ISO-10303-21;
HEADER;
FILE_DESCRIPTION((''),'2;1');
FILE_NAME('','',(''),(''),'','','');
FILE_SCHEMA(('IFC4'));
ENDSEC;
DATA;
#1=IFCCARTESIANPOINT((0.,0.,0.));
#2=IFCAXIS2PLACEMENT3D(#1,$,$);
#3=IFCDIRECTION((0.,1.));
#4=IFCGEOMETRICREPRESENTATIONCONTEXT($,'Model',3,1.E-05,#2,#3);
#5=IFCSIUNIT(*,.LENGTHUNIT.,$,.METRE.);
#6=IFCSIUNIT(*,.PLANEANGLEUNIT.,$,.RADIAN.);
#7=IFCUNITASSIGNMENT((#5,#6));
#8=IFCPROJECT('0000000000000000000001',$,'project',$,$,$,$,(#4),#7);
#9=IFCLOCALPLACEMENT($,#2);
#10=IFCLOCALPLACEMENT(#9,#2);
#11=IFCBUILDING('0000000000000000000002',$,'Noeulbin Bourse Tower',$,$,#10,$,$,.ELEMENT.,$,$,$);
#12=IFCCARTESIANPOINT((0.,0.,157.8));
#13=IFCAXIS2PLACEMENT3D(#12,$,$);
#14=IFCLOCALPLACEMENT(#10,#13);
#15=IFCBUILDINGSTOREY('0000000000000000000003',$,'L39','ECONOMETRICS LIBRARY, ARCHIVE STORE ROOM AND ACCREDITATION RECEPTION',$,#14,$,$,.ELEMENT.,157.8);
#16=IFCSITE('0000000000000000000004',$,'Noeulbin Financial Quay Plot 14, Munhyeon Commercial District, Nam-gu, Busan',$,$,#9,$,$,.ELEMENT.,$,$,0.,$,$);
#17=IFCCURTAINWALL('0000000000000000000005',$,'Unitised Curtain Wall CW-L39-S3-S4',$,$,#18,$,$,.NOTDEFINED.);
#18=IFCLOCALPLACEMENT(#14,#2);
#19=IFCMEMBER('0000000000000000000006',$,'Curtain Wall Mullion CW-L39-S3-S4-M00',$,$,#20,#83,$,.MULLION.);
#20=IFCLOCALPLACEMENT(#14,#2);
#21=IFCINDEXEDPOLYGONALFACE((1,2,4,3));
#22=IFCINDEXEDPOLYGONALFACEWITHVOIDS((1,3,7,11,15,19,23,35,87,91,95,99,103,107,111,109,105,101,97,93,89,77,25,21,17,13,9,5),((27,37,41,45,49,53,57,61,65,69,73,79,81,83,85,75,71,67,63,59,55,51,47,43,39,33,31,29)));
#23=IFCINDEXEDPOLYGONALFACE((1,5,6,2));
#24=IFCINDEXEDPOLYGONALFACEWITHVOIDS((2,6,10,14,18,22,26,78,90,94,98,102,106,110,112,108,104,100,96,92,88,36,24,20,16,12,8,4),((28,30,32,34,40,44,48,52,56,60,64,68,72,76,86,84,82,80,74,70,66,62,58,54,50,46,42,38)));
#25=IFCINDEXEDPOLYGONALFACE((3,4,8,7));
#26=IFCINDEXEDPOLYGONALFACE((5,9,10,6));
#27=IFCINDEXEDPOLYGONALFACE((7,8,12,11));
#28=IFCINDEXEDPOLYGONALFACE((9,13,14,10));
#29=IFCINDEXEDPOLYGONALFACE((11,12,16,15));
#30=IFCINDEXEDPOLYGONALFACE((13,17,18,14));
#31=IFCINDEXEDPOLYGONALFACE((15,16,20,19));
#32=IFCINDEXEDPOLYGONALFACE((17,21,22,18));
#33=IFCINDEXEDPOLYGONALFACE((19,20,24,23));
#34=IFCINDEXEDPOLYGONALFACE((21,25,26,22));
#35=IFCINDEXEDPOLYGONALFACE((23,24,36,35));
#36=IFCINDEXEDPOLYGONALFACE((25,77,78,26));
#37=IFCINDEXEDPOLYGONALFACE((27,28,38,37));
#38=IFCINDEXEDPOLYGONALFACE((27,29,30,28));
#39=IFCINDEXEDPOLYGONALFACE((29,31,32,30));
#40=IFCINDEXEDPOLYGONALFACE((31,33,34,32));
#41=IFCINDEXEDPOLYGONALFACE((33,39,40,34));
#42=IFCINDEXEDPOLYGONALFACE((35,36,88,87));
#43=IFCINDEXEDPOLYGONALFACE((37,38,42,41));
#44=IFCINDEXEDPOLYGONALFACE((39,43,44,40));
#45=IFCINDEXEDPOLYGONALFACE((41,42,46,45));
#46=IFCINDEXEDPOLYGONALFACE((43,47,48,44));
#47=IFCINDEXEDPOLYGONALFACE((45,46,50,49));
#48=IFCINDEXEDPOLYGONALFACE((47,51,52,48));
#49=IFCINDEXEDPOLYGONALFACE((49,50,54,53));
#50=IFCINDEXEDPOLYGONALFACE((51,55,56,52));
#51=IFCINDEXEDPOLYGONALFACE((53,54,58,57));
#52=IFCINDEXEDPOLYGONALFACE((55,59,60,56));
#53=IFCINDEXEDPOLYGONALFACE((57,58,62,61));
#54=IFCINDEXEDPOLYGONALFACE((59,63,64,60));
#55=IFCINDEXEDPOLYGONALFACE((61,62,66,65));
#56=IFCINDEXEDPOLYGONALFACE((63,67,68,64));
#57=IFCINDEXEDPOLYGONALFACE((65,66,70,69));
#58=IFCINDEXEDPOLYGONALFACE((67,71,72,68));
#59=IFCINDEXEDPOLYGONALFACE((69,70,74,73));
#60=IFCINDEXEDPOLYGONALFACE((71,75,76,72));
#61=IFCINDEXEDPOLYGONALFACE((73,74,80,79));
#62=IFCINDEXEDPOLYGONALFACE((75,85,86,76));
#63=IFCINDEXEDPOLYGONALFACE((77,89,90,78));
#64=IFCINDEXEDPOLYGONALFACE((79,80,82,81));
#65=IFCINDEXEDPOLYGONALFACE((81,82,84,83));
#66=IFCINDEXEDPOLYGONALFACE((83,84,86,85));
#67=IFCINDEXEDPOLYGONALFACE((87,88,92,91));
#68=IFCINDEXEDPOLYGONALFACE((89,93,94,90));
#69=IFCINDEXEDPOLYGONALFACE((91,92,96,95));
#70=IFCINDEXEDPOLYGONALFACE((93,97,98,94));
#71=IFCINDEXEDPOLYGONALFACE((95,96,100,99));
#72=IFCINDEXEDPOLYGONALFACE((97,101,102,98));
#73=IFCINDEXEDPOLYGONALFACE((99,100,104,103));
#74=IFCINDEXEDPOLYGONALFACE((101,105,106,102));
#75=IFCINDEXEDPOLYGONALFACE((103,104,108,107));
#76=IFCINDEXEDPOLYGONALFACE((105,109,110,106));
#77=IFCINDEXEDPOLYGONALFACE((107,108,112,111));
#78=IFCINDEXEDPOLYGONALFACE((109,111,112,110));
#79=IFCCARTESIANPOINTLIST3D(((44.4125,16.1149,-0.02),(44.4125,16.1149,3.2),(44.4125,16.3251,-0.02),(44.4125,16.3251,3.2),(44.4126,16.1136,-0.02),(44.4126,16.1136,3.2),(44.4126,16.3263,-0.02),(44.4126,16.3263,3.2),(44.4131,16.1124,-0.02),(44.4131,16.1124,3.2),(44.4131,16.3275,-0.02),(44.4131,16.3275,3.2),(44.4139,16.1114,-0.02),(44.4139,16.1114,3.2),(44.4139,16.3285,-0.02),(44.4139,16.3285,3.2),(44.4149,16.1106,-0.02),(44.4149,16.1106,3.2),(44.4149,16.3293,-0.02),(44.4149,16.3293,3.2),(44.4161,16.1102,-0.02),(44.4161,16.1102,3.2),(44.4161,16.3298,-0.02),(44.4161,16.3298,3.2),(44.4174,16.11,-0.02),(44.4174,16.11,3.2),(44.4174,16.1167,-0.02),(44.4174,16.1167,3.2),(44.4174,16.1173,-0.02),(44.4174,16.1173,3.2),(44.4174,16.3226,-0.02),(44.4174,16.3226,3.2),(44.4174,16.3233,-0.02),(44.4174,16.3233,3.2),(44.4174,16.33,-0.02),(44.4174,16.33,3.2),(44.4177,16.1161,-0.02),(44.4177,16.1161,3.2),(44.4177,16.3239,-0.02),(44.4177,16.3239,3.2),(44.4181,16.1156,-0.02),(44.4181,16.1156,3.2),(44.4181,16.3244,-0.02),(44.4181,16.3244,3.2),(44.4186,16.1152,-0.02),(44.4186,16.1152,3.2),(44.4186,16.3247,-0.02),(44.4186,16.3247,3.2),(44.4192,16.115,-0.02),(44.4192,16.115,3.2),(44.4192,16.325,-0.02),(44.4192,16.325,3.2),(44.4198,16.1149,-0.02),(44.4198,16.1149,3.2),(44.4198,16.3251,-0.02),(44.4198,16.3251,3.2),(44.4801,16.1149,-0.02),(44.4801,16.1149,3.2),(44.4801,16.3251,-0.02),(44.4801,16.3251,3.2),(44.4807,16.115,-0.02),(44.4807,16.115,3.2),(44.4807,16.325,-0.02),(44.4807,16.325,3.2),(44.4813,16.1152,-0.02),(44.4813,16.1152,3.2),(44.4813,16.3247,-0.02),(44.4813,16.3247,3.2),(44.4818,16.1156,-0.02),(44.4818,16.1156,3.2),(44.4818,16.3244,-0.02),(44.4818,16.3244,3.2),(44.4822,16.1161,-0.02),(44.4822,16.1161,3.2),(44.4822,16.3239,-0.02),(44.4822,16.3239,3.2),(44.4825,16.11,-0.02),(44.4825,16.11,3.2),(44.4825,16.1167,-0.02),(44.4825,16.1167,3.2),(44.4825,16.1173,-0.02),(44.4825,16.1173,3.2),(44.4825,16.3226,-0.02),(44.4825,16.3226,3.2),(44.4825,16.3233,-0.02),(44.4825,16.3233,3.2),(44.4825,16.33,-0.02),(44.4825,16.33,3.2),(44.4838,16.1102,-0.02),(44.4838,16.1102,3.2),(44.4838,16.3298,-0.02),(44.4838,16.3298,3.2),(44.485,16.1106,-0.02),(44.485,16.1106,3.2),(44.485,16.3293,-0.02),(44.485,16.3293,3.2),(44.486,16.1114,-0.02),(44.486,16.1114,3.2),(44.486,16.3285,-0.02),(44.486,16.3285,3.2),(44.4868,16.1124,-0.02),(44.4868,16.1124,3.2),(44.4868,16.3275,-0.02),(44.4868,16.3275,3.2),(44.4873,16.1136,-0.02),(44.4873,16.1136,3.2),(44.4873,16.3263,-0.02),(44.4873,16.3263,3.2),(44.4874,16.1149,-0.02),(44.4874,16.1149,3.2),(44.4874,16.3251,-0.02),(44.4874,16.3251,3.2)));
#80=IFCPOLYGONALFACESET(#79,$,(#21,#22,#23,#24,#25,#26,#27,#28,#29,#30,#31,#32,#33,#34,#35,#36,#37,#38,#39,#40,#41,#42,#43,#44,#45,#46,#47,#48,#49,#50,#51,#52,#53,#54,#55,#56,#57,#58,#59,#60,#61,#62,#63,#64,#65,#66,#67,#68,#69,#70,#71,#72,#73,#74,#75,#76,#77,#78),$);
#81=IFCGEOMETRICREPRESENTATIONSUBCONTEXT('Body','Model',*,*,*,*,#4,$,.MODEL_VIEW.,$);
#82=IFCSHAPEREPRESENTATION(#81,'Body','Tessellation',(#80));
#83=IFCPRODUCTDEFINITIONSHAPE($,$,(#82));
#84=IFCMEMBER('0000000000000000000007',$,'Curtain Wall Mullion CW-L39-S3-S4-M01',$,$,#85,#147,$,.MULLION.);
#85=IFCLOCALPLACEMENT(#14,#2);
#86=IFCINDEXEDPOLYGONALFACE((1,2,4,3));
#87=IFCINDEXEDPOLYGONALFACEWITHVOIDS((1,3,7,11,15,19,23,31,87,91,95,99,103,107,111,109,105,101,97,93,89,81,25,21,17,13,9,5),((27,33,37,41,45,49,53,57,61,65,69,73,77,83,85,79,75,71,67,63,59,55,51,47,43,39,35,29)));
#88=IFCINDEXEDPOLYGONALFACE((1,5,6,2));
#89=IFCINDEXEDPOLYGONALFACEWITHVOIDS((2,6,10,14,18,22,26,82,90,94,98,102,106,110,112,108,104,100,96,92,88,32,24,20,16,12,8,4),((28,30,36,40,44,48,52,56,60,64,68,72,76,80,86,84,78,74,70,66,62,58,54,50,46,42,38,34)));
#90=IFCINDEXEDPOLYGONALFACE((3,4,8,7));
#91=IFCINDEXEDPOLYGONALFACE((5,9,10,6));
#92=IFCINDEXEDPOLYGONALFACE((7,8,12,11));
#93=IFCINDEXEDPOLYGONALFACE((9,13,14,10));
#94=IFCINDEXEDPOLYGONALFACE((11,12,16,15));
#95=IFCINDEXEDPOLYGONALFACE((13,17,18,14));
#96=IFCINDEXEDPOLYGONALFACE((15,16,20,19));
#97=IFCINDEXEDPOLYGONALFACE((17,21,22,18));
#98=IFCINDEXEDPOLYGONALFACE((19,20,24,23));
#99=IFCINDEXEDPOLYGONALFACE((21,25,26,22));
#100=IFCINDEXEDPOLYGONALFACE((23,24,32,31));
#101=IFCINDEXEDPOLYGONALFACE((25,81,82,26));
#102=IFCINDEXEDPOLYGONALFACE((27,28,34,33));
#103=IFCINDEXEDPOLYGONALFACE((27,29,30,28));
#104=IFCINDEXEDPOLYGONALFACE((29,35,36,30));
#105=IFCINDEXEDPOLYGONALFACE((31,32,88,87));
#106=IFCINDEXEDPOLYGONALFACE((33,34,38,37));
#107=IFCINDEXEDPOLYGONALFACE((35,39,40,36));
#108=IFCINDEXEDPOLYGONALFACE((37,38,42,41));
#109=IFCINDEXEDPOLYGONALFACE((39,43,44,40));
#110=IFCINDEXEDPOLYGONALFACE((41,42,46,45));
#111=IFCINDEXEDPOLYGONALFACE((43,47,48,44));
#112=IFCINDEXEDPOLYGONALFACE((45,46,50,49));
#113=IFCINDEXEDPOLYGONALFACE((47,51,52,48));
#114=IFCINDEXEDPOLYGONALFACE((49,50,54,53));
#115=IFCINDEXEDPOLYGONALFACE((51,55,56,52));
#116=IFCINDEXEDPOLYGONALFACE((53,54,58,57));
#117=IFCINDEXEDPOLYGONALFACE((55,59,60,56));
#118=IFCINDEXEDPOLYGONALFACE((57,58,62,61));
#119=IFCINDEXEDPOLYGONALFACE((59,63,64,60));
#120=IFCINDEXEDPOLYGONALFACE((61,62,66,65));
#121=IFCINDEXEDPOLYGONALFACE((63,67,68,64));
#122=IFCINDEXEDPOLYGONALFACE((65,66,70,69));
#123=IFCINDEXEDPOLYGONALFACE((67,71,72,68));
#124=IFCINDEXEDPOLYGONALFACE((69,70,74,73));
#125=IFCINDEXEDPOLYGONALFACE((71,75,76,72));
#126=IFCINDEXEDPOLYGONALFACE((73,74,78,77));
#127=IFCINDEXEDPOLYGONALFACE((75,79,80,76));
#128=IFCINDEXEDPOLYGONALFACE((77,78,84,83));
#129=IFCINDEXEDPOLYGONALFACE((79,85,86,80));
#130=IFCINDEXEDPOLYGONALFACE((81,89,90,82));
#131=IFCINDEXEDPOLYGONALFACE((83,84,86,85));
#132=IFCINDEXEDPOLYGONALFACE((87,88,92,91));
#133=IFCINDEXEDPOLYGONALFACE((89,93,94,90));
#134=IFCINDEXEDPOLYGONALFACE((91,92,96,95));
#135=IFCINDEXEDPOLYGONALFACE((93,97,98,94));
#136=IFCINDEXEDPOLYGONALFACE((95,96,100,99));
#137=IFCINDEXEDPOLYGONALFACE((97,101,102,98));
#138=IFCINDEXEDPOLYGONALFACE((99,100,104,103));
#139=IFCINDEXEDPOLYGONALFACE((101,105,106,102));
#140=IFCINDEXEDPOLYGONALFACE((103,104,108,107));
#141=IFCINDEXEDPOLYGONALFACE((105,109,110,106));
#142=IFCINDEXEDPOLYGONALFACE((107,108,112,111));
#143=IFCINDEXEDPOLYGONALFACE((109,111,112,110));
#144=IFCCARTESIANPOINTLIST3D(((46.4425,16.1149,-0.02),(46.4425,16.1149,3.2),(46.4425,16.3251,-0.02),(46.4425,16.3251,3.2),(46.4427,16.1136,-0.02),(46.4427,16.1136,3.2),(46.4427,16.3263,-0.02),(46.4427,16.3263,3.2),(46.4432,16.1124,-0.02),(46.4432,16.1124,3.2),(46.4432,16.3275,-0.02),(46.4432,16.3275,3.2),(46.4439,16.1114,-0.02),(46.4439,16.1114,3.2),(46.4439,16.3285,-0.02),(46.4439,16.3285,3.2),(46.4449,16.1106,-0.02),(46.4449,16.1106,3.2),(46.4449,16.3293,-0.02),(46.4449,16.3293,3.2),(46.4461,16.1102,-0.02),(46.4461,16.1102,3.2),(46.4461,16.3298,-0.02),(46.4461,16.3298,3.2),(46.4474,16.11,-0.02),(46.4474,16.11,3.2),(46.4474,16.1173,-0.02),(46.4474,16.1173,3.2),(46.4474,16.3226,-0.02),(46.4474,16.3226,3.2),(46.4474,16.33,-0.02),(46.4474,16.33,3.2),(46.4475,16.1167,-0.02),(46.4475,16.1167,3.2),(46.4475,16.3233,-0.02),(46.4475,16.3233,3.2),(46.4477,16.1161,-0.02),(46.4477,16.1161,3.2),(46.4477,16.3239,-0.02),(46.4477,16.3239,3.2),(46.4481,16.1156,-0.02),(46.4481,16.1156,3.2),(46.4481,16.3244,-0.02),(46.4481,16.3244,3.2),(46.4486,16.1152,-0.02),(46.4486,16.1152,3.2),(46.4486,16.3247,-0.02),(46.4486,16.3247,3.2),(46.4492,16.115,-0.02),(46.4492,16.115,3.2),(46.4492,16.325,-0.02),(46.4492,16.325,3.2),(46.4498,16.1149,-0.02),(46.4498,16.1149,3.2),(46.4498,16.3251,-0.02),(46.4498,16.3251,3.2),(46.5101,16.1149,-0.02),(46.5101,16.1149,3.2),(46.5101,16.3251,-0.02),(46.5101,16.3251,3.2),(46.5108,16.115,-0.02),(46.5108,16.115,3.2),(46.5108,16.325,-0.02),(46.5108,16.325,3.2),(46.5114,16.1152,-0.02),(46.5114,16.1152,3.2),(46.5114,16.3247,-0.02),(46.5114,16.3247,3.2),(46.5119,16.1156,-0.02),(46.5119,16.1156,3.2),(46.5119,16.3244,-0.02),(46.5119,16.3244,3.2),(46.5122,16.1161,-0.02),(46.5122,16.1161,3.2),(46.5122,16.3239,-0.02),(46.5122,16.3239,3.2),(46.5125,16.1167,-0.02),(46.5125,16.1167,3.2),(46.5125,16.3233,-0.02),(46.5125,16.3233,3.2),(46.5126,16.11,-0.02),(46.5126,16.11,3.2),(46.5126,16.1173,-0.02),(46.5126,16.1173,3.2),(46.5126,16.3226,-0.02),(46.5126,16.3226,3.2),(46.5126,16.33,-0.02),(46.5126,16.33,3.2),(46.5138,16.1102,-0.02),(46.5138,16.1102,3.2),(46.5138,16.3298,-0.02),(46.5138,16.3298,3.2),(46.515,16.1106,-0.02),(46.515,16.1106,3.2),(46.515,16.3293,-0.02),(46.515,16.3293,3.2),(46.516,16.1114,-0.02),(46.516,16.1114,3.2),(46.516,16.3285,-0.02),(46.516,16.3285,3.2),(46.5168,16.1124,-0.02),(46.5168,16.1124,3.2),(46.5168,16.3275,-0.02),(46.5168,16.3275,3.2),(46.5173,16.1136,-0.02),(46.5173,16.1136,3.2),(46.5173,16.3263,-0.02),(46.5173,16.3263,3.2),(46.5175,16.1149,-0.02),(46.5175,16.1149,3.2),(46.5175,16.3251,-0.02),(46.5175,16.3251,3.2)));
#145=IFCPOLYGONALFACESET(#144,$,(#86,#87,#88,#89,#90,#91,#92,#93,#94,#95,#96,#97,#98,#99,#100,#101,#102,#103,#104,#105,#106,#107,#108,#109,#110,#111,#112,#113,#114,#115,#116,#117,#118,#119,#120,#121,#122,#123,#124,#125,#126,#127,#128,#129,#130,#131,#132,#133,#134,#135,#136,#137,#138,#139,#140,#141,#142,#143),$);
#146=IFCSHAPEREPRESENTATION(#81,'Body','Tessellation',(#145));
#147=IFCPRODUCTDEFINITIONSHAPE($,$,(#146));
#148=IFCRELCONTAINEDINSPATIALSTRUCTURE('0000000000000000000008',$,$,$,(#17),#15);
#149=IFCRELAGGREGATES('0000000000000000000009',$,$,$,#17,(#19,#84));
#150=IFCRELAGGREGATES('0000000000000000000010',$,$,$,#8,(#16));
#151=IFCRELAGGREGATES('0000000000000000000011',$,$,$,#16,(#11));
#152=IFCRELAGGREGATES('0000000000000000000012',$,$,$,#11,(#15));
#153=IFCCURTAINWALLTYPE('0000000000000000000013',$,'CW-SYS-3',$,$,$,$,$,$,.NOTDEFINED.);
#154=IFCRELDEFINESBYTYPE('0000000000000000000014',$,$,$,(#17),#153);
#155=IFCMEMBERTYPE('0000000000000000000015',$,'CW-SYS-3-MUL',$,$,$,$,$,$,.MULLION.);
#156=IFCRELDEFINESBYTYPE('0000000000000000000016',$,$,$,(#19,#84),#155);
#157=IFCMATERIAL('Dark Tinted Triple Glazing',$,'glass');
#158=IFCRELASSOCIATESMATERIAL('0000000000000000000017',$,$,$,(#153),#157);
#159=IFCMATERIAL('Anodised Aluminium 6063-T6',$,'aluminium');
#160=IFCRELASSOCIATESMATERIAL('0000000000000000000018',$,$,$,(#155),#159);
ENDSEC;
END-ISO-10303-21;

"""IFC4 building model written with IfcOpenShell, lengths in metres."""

from ifc_helpers import new_model, si_unit, direction, frame, origin, origin_2d, place, context, subcontext, project, spatial, hollow_rectangle, extrude, material, material_profile, profile_set, type_object, element, aggregate, save


model = new_model("IFC4")

# Units and contexts
model_context = context("Model", 3, precision=1e-05, world=origin(), true_north=direction((0.0, 1.0)))
body_context = subcontext(model_context, "Body", "Model", "MODEL_VIEW")
ifc_project = project(units=[si_unit("LENGTHUNIT", "METRE"), si_unit("PLANEANGLEUNIT", "RADIAN")], contexts=[model_context])

# Site, building, storey
site_placement = place(None, origin())
site = spatial("IfcSite", under=ifc_project, at=site_placement, Name="Noeulbin Financial Quay Plot 14, Munhyeon Commercial District, Nam-gu, Busan", CompositionType="ELEMENT", RefElevation=0.0)
building_placement = place(site_placement, origin())
building = spatial("IfcBuilding", under=site, at=building_placement, Name="Noeulbin Bourse Tower", CompositionType="ELEMENT")
storey_placement = place(building_placement, frame((0.0, 0.0, 157.8)))
storey = spatial("IfcBuildingStorey", under=building, at=storey_placement, Name="L39", Description="ECONOMETRICS LIBRARY, ARCHIVE STORE ROOM AND ACCREDITATION RECEPTION", CompositionType="ELEMENT", Elevation=157.8)

# Curtain wall, members
ifc_material_1 = material(Name="Dark Tinted Triple Glazing", Category="glass")
curtain_wall_type = type_object("IfcCurtainWallType", Name="CW-SYS-3", PredefinedType="NOTDEFINED", material=ifc_material_1)
ifc_material_2 = material(Name="Anodised Aluminium 6063-T6", Category="aluminium")
ifc_material_profile_1 = material_profile(ifc_material_2, hollow_rectangle(XDim=0.075, YDim=0.22, WallThickness=0.0049, InnerFilletRadius=0.0024, OuterFilletRadius=0.0049, at=origin_2d()), Name="ALU-MULL-75x220x5", Category="LoadBearing")
ifc_profile_set_1 = profile_set([ifc_material_profile_1], Name="Anodised Aluminium 6063-T6")
member_type_1 = type_object("IfcMemberType", Name="CW-SYS-3-MUL", PredefinedType="MULLION", material=ifc_profile_set_1)
curtain_wall_1_placement = place(storey_placement, origin())
curtain_wall_1 = element("IfcCurtainWall", 1, at=curtain_wall_1_placement, inside=storey, type_object=curtain_wall_type, Name="Unitised Curtain Wall CW-L39-S3-S4", PredefinedType="NOTDEFINED")
member_1_placement = place(storey_placement, frame((44.45, 16.22, -0.02), z_axis=(0.0, 0.0, 1.0), x_axis=(1.0, 0.0, 0.0)))
member_1 = element("IfcMember", 2, at=member_1_placement, type_object=member_type_1, Name="Curtain Wall Mullion CW-L39-S3-S4-M00", PredefinedType="MULLION", context=body_context, shape_type="SweptSolid", body=[
    extrude(hollow_rectangle(XDim=0.075, YDim=0.22, WallThickness=0.0049, InnerFilletRadius=0.0024, OuterFilletRadius=0.0049, at=origin_2d()), origin(), (0.0, 0.0, 1.0), 3.22),
])
member_2_placement = place(storey_placement, frame((46.48, 16.22, -0.02), z_axis=(0.0, 0.0, 1.0), x_axis=(1.0, 0.0, 0.0)))
member_2 = element("IfcMember", 3, at=member_2_placement, type_object=member_type_1, Name="Curtain Wall Mullion CW-L39-S3-S4-M01", PredefinedType="MULLION", context=body_context, shape_type="SweptSolid", body=[
    extrude(hollow_rectangle(XDim=0.075, YDim=0.22, WallThickness=0.0049, InnerFilletRadius=0.0024, OuterFilletRadius=0.0049, at=origin_2d()), origin(), (0.0, 0.0, 1.0), 3.22),
])

aggregate(curtain_wall_1, [member_1, member_2])

save(model, "model.ifc")
